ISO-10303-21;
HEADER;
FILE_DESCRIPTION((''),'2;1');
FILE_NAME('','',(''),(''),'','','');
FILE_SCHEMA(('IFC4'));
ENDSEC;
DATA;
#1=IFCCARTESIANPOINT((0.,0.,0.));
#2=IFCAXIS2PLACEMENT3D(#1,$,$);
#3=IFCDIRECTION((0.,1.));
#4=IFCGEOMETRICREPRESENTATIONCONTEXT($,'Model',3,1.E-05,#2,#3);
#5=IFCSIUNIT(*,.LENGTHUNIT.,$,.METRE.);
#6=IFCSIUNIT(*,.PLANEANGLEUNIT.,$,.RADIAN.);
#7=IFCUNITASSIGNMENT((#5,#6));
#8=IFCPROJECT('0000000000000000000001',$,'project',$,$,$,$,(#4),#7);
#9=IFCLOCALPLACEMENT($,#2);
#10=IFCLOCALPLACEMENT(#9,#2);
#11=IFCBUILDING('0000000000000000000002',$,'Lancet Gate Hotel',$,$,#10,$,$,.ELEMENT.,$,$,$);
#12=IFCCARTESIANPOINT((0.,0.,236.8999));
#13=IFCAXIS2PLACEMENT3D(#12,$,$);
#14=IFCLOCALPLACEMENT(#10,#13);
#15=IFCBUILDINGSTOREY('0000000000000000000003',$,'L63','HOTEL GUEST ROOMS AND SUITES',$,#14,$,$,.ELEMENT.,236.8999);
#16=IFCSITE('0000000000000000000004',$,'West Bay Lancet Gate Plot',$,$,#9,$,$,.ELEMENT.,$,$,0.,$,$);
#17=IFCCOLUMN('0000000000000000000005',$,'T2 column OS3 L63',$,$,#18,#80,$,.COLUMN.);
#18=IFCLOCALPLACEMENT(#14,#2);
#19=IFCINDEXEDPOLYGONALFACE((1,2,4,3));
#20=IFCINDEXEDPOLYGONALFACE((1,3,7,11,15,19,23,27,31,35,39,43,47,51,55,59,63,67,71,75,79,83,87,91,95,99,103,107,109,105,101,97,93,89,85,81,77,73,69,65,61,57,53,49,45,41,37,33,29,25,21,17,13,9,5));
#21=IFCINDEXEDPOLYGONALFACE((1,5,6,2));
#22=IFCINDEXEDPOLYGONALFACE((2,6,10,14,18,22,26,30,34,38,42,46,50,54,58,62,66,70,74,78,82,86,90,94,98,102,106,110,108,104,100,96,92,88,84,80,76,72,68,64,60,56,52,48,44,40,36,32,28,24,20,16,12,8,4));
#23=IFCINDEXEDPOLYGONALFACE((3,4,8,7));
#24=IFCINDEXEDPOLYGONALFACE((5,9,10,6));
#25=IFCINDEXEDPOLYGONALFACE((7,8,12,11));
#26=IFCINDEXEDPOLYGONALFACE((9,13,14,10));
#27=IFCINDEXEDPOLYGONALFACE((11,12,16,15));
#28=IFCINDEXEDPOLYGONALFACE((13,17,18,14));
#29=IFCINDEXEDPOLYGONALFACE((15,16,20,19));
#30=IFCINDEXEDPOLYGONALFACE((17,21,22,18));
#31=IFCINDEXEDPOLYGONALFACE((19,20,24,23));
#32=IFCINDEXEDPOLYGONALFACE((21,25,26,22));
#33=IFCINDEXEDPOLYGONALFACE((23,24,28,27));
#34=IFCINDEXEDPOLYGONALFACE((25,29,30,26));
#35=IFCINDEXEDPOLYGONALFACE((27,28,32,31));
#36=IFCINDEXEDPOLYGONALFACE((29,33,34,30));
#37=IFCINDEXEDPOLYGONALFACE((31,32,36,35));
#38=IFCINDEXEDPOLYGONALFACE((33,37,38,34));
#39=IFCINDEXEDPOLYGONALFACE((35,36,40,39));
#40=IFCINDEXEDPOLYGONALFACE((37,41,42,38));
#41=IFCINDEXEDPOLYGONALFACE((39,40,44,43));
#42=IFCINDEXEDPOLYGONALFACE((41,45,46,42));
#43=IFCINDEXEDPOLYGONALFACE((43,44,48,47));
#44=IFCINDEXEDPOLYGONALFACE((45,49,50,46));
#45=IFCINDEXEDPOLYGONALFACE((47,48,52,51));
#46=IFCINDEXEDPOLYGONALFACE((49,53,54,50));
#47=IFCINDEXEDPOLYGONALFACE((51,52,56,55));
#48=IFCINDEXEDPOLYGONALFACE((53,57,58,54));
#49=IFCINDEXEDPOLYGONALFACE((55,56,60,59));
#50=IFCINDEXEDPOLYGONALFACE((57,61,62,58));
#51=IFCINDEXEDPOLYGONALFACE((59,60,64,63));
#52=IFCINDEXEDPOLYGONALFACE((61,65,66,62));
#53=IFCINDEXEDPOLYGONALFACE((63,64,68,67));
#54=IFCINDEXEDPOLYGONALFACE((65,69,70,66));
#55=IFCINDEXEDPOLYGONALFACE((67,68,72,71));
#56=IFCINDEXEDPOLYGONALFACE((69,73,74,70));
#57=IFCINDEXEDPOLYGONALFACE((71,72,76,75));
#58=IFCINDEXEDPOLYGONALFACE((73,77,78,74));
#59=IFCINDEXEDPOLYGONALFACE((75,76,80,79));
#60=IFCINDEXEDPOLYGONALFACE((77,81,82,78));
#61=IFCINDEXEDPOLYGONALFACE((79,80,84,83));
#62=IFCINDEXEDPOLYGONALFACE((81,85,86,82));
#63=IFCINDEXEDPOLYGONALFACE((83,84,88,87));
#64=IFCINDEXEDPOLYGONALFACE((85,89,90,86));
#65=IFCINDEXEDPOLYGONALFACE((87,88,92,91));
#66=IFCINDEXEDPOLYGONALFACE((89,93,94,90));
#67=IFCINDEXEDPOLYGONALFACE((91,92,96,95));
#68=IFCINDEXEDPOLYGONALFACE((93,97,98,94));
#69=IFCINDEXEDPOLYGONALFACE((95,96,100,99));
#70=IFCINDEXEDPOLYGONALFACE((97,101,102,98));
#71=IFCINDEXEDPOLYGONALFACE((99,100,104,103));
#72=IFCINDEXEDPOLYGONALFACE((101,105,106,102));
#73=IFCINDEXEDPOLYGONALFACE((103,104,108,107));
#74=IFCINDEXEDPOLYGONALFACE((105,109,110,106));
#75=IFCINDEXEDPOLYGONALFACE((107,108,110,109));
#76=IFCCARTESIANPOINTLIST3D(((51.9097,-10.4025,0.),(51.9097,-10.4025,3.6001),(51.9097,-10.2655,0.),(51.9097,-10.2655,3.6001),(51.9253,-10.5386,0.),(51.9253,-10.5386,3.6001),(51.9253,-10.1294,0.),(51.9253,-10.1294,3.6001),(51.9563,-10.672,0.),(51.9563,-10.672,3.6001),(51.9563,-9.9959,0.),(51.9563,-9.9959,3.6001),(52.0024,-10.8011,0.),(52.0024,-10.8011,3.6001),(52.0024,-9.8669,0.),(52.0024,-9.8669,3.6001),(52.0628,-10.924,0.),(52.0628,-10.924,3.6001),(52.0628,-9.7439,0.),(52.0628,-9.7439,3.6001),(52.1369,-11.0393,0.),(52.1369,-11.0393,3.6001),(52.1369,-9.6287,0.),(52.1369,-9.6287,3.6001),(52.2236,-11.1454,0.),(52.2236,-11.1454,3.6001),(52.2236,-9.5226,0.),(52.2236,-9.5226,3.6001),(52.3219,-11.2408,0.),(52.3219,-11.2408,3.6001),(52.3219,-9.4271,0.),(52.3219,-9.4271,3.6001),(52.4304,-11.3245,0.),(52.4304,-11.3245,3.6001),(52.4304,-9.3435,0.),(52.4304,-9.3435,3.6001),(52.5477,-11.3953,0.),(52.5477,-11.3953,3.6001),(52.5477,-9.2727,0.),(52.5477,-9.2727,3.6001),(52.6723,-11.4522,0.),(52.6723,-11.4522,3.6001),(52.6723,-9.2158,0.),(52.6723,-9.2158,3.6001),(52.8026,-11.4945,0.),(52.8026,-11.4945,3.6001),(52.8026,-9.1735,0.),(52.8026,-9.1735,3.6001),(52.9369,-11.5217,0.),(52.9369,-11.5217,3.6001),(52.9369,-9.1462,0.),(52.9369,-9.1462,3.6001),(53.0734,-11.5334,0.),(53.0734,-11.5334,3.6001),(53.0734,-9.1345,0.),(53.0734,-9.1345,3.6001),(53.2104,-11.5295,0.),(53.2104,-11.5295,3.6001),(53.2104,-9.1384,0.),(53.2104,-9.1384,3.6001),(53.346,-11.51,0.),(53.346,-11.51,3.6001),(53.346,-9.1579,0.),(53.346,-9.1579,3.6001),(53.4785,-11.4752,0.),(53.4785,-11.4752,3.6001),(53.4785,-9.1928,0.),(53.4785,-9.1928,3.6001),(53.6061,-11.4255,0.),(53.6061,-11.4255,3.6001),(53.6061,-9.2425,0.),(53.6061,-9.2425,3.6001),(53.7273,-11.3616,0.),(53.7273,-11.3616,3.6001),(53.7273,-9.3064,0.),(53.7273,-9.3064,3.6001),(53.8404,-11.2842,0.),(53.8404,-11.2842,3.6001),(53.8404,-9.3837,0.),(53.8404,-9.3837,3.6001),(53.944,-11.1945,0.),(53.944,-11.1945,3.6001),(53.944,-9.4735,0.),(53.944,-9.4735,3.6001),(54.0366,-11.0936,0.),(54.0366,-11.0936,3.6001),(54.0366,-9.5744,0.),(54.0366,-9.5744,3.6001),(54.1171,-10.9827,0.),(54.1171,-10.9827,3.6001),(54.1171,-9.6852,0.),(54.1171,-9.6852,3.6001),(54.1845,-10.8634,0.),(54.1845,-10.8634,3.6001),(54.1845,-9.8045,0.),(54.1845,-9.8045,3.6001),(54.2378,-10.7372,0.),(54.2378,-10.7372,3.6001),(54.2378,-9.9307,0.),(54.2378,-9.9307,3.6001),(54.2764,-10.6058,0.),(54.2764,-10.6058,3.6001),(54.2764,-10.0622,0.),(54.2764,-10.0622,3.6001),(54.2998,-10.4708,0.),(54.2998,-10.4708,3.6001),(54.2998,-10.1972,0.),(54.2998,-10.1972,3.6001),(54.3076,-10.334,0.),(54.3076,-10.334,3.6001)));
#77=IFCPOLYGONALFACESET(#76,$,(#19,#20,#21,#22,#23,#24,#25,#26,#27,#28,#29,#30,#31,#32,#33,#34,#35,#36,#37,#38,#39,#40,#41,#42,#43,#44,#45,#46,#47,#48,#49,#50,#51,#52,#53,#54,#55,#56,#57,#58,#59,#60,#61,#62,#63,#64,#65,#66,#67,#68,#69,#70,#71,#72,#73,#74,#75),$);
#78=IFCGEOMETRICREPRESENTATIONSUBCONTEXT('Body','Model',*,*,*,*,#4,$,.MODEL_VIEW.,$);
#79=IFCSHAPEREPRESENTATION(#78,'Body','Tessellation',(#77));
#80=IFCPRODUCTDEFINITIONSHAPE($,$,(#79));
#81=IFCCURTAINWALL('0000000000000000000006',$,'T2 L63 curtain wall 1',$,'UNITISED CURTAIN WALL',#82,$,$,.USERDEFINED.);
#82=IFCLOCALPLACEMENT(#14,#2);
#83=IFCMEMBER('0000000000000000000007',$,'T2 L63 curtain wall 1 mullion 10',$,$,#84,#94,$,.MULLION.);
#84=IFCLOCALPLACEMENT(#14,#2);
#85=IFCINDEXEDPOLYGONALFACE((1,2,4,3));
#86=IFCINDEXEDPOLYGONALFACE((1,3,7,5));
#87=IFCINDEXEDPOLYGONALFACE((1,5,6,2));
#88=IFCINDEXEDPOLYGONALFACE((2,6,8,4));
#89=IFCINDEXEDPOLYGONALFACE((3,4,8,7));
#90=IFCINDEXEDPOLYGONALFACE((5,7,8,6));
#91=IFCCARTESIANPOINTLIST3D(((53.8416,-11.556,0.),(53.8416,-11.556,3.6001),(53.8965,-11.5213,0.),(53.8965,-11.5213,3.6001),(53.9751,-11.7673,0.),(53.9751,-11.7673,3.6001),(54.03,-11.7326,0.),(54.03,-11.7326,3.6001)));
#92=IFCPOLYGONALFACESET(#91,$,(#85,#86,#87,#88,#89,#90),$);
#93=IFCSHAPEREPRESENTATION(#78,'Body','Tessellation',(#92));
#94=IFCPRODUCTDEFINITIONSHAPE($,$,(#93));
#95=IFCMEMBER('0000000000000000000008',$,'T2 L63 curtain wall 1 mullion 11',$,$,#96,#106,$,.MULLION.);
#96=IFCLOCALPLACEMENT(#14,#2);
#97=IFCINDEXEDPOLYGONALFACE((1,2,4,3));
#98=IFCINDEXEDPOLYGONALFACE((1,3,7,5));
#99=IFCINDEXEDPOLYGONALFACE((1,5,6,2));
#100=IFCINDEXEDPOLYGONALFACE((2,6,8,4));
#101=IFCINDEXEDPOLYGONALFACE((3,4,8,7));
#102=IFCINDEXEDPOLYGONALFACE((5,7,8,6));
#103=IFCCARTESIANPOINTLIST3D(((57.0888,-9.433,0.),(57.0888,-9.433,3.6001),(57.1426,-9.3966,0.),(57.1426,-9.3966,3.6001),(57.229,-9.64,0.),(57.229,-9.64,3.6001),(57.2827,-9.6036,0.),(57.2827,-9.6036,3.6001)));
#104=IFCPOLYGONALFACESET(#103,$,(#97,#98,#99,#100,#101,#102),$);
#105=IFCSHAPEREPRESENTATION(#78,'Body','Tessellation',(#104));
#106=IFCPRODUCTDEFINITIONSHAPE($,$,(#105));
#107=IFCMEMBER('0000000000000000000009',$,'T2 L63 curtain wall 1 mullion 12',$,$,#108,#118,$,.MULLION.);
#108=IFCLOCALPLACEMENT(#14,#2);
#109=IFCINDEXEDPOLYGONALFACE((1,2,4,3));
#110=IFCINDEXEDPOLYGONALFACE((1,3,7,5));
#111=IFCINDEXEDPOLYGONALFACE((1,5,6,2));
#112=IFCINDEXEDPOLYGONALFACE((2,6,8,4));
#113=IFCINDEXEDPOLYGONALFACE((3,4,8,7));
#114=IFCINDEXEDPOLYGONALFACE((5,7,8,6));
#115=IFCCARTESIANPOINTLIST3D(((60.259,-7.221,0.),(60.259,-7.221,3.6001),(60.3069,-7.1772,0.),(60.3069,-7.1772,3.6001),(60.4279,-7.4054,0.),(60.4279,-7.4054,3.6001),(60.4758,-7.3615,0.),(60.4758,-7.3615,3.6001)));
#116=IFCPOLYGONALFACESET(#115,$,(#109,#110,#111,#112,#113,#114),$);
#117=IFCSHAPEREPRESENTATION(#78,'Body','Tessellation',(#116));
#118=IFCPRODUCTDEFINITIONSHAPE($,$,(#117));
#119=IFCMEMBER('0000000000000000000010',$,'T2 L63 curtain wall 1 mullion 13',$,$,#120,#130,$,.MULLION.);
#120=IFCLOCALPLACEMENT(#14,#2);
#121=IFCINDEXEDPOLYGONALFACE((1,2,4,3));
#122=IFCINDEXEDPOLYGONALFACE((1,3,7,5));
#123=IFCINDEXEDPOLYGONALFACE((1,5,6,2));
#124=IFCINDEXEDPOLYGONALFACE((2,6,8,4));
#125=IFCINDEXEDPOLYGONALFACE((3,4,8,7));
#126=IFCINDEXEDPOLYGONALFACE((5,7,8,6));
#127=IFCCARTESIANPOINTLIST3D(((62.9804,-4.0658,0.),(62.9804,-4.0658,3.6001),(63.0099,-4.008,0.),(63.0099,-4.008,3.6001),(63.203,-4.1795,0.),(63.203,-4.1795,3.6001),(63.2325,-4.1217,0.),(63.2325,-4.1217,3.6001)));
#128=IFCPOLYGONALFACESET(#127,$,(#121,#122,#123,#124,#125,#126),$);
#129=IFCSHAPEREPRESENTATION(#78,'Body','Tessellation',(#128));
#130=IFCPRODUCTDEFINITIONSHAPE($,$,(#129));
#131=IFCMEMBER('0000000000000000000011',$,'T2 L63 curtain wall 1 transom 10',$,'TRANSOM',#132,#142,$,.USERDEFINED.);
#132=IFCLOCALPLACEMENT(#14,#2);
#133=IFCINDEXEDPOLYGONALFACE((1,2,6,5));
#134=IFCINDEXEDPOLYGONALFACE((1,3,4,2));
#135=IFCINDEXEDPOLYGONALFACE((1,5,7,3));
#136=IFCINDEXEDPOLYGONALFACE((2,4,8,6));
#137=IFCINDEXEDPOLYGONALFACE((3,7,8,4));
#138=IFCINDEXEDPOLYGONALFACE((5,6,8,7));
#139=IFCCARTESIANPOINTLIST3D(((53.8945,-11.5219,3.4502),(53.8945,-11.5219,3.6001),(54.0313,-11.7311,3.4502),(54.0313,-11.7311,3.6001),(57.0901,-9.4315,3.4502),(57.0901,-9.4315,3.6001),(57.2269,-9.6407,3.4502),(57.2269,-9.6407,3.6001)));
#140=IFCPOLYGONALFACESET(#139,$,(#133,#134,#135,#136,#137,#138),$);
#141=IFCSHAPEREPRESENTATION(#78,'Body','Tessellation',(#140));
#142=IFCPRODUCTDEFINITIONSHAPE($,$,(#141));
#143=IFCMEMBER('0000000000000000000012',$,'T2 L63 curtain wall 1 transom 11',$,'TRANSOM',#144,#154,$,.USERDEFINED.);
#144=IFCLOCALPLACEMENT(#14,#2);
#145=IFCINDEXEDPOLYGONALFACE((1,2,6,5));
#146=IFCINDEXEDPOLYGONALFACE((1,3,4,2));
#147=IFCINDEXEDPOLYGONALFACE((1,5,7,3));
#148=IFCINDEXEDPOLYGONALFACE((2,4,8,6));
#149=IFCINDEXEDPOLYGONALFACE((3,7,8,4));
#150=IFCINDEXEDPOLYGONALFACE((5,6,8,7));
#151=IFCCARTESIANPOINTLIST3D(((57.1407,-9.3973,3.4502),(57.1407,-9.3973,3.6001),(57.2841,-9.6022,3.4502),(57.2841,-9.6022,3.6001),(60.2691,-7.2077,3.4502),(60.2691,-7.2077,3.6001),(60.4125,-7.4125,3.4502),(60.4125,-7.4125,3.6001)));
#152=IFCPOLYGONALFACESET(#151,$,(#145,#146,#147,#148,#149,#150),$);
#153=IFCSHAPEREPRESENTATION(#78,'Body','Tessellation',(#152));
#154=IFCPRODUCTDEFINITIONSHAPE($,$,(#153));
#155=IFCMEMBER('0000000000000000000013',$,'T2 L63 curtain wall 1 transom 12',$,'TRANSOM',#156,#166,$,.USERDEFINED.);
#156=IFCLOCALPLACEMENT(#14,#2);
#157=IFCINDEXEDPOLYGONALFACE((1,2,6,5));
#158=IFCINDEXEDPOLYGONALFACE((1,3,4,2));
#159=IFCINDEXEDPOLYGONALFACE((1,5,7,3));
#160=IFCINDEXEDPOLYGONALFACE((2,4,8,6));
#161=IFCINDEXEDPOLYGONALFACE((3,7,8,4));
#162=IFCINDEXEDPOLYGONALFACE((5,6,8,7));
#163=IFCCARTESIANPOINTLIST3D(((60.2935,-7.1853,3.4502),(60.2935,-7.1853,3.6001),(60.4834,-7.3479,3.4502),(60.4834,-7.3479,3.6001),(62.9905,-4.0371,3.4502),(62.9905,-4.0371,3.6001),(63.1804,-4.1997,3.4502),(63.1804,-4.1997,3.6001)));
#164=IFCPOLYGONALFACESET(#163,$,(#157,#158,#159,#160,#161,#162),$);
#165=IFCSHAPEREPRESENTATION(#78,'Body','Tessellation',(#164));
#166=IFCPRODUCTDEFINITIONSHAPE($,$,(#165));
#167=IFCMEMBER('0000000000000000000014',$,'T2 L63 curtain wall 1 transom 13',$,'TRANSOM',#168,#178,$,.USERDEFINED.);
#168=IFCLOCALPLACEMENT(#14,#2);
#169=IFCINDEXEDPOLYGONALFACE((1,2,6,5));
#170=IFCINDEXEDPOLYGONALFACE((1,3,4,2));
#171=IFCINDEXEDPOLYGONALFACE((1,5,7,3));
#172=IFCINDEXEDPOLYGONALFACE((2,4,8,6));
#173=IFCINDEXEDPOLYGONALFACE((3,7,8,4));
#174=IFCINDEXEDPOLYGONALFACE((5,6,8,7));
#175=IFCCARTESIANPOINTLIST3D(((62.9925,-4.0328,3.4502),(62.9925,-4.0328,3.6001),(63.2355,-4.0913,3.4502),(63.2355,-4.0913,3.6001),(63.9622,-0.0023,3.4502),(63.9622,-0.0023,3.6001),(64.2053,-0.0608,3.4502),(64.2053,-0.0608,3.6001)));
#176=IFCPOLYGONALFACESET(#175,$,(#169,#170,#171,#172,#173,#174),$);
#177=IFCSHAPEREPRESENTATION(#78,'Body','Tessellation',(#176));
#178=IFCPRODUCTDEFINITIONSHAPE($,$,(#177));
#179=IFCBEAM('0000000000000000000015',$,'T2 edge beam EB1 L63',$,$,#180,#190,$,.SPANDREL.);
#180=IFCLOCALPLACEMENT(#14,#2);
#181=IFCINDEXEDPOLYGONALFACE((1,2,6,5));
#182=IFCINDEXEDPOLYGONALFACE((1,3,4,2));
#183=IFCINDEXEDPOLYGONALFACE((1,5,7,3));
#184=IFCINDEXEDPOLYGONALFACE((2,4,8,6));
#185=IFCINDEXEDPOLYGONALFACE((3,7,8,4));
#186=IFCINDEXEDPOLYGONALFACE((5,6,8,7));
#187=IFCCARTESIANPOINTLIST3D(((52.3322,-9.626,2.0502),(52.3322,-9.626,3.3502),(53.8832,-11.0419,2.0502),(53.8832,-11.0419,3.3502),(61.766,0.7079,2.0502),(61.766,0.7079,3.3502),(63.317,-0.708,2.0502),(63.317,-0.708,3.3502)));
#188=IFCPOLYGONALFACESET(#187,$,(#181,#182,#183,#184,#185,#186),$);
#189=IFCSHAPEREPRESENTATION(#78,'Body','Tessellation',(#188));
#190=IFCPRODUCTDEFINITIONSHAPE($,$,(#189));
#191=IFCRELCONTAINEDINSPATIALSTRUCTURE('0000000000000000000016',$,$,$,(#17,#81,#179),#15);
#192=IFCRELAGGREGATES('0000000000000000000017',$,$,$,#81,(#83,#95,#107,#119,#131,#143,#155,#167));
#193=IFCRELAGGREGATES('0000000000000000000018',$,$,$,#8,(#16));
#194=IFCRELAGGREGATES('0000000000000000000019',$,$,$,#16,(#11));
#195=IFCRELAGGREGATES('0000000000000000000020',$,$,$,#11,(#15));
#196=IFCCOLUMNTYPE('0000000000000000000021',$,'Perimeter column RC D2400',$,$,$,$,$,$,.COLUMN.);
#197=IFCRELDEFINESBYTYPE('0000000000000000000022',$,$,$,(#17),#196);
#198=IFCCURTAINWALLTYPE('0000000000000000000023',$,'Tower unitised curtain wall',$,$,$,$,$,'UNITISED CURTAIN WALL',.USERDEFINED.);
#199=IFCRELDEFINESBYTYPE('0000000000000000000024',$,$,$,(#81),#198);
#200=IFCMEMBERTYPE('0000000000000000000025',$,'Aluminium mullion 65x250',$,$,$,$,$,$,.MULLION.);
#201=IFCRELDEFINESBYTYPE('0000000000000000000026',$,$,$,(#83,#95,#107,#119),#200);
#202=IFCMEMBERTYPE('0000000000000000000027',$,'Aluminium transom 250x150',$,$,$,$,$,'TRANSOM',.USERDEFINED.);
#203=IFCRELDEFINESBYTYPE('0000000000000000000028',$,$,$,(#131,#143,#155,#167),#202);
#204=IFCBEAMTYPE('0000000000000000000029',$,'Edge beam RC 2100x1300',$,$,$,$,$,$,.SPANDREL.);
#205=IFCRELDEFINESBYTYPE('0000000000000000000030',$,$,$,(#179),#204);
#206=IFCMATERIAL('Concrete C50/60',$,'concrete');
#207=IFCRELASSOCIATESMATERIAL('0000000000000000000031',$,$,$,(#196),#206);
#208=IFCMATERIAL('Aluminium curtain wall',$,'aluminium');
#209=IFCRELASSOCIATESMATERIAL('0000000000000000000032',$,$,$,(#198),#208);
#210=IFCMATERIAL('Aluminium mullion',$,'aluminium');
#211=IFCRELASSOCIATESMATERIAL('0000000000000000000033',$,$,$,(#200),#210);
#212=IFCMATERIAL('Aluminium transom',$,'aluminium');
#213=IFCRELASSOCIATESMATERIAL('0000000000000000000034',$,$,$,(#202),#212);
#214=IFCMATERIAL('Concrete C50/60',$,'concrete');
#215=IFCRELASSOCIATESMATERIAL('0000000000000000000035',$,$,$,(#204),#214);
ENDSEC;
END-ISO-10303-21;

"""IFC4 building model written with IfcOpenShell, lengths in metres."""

from ifc_helpers import new_model, si_unit, direction, frame, origin, origin_2d, place, context, subcontext, project, spatial, rectangle, circle, extrude, material, material_profile, profile_set, type_object, element, aggregate, save


model = new_model("IFC4")

# Units and contexts
model_context = context("Model", 3, precision=1e-05, world=origin(), true_north=direction((0.0, 1.0)))
body_context = subcontext(model_context, "Body", "Model", "MODEL_VIEW")
ifc_project = project(units=[si_unit("LENGTHUNIT", "METRE"), si_unit("PLANEANGLEUNIT", "RADIAN")], contexts=[model_context])

# Site, building, storey
site_placement = place(None, origin())
site = spatial("IfcSite", under=ifc_project, at=site_placement, Name="West Bay Lancet Gate Plot", CompositionType="ELEMENT", RefElevation=0.0)
building_placement = place(site_placement, origin())
building = spatial("IfcBuilding", under=site, at=building_placement, Name="Lancet Gate Hotel", CompositionType="ELEMENT")
storey_placement = place(building_placement, frame((0.0, 0.0, 236.8999)))
storey = spatial("IfcBuildingStorey", under=building, at=storey_placement, Name="L63", Description="HOTEL GUEST ROOMS AND SUITES", CompositionType="ELEMENT", Elevation=236.8999)

# Column
ifc_material_1 = material(Name="Concrete C50/60", Category="concrete")
ifc_material_profile_1 = material_profile(ifc_material_1, circle(Radius=1.2, at=origin_2d()), Name="RC D2400")
ifc_profile_set_1 = profile_set([ifc_material_profile_1], Name="Concrete C50/60")
column_type = type_object("IfcColumnType", Name="Perimeter column RC D2400", PredefinedType="COLUMN", material=ifc_profile_set_1)
column_placement = place(storey_placement, frame((53.1077, -10.334, 0.0), z_axis=(0.0, 0.0, 1.0), x_axis=(1.0, 0.0, 0.0)))
element("IfcColumn", 1, at=column_placement, inside=storey, type_object=column_type, Name="T2 column OS3 L63", PredefinedType="COLUMN", context=body_context, shape_type="SweptSolid", body=[
    extrude(circle(Radius=1.2, at=origin_2d()), origin(), (0.0, 0.0, 1.0), 3.6001),
])

# Curtain wall, members
ifc_material_2 = material(Name="Aluminium curtain wall", Category="aluminium")
curtain_wall_type = type_object("IfcCurtainWallType", Name="Tower unitised curtain wall", ElementType="UNITISED CURTAIN WALL", PredefinedType="USERDEFINED", material=ifc_material_2)
curtain_wall_placement = place(storey_placement, origin())
curtain_wall = element("IfcCurtainWall", 2, at=curtain_wall_placement, inside=storey, type_object=curtain_wall_type, Name="T2 L63 curtain wall 1", ObjectType="UNITISED CURTAIN WALL", PredefinedType="USERDEFINED")
ifc_material_3 = material(Name="Aluminium mullion", Category="aluminium")
ifc_material_profile_2 = material_profile(ifc_material_3, rectangle(XDim=0.0649, YDim=0.25, at=origin_2d()), Name="MULLION 65x250")
ifc_profile_set_2 = profile_set([ifc_material_profile_2], Name="Aluminium mullion")
member_type_1 = type_object("IfcMemberType", Name="Aluminium mullion 65x250", PredefinedType="MULLION", material=ifc_profile_set_2)
member_1_placement = place(storey_placement, frame((53.9358, -11.6443, 0.0), z_axis=(0.0, 0.0, 1.0), x_axis=(0.84534, 0.534229, 0.0)))
member_1 = element("IfcMember", 3, at=member_1_placement, type_object=member_type_1, Name="T2 L63 curtain wall 1 mullion 10", PredefinedType="MULLION", context=body_context, shape_type="SweptSolid", body=[
    extrude(rectangle(XDim=0.0649, YDim=0.25, at=origin_2d()), origin(), (0.0, 0.0, 1.0), 3.6001),
])
member_2_placement = place(storey_placement, frame((57.1858, -9.5183, 0.0), z_axis=(0.0, 0.0, 1.0), x_axis=(0.828155, 0.5605, 0.0)))
member_2 = element("IfcMember", 4, at=member_2_placement, type_object=member_type_1, Name="T2 L63 curtain wall 1 mullion 11", PredefinedType="MULLION", context=body_context, shape_type="SweptSolid", body=[
    extrude(rectangle(XDim=0.0649, YDim=0.25, at=origin_2d()), origin(), (0.0, 0.0, 1.0), 3.6001),
])
member_3_placement = place(storey_placement, frame((60.3674, -7.2913, 0.0), z_axis=(0.0, 0.0, 1.0), x_axis=(0.737323, 0.67554, 0.0)))
member_3 = element("IfcMember", 5, at=member_3_placement, type_object=member_type_1, Name="T2 L63 curtain wall 1 mullion 12", PredefinedType="MULLION", context=body_context, shape_type="SweptSolid", body=[
    extrude(rectangle(XDim=0.0649, YDim=0.25, at=origin_2d()), origin(), (0.0, 0.0, 1.0), 3.6001),
])
member_4_placement = place(storey_placement, frame((63.1064, -4.0938, 0.0), z_axis=(0.0, 0.0, 1.0), x_axis=(0.454853, 0.890567, 0.0)))
member_4 = element("IfcMember", 6, at=member_4_placement, type_object=member_type_1, Name="T2 L63 curtain wall 1 mullion 13", PredefinedType="MULLION", context=body_context, shape_type="SweptSolid", body=[
    extrude(rectangle(XDim=0.0649, YDim=0.25, at=origin_2d()), origin(), (0.0, 0.0, 1.0), 3.6001),
])
ifc_material_4 = material(Name="Aluminium transom", Category="aluminium")
ifc_material_profile_3 = material_profile(ifc_material_4, rectangle(XDim=0.25, YDim=0.1499, at=origin_2d()), Name="TRANSOM 250x150")
ifc_profile_set_3 = profile_set([ifc_material_profile_3], Name="Aluminium transom")
member_type_2 = type_object("IfcMemberType", Name="Aluminium transom 250x150", ElementType="TRANSOM", PredefinedType="USERDEFINED", material=ifc_profile_set_3)
member_5_placement = place(storey_placement, frame((53.9629, -11.6265, 3.5251), z_axis=(0.836858, 0.54742, 0.0), x_axis=(-0.54742, 0.836858, 0.0)))
member_5 = element("IfcMember", 7, at=member_5_placement, type_object=member_type_2, Name="T2 L63 curtain wall 1 transom 10", ObjectType="TRANSOM", PredefinedType="USERDEFINED", context=body_context, shape_type="SweptSolid", body=[
    extrude(rectangle(XDim=0.25, YDim=0.1499, at=origin_2d()), origin(), (0.0, 0.0, 1.0), 3.8186),
])
member_6_placement = place(storey_placement, frame((57.2124, -9.4998, 3.5251), z_axis=(0.819256, 0.573428, 0.0), x_axis=(-0.573428, 0.819256, 0.0)))
member_6 = element("IfcMember", 8, at=member_6_placement, type_object=member_type_2, Name="T2 L63 curtain wall 1 transom 11", ObjectType="TRANSOM", PredefinedType="USERDEFINED", context=body_context, shape_type="SweptSolid", body=[
    extrude(rectangle(XDim=0.25, YDim=0.1499, at=origin_2d()), origin(), (0.0, 0.0, 1.0), 3.8186),
])
member_7_placement = place(storey_placement, frame((60.3884, -7.2666, 3.5251), z_axis=(0.650593, 0.759427, 0.0), x_axis=(-0.759427, 0.650593, 0.0)))
member_7 = element("IfcMember", 9, at=member_7_placement, type_object=member_type_2, Name="T2 L63 curtain wall 1 transom 12", ObjectType="TRANSOM", PredefinedType="USERDEFINED", context=body_context, shape_type="SweptSolid", body=[
    extrude(rectangle(XDim=0.25, YDim=0.1499, at=origin_2d()), origin(), (0.0, 0.0, 1.0), 4.1455),
])
member_8_placement = place(storey_placement, frame((63.114, -4.062, 3.5251), z_axis=(0.233921, 0.972256, 0.0), x_axis=(-0.972256, 0.233921, 0.0)))
member_8 = element("IfcMember", 10, at=member_8_placement, type_object=member_type_2, Name="T2 L63 curtain wall 1 transom 13", ObjectType="TRANSOM", PredefinedType="USERDEFINED", context=body_context, shape_type="SweptSolid", body=[
    extrude(rectangle(XDim=0.25, YDim=0.1499, at=origin_2d()), origin(), (0.0, 0.0, 1.0), 4.1455),
])

# Beam
ifc_material_5 = material(Name="Concrete C50/60", Category="concrete")
ifc_material_profile_4 = material_profile(ifc_material_5, rectangle(XDim=2.1001, YDim=1.3, at=origin_2d()), Name="RC 2100x1300")
ifc_profile_set_4 = profile_set([ifc_material_profile_4], Name="Concrete C50/60")
beam_type_1 = type_object("IfcBeamType", Name="Edge beam RC 2100x1300", PredefinedType="SPANDREL", material=ifc_profile_set_4)
beam_1_placement = place(storey_placement, frame((53.1077, -10.334, 2.7002), z_axis=(0.674209, 0.73854, 0.0), x_axis=(-0.73854, 0.674209, 0.0)))
element("IfcBeam", 11, at=beam_1_placement, inside=storey, type_object=beam_type_1, Name="T2 edge beam EB1 L63", PredefinedType="SPANDREL", context=body_context, shape_type="SweptSolid", body=[
    extrude(rectangle(XDim=2.1001, YDim=1.3, at=origin_2d()), origin(), (0.0, 0.0, 1.0), 13.9924),
])

aggregate(curtain_wall, [member_1, member_2, member_3, member_4, member_5, member_6, member_7, member_8])

save(model, "model.ifc")
